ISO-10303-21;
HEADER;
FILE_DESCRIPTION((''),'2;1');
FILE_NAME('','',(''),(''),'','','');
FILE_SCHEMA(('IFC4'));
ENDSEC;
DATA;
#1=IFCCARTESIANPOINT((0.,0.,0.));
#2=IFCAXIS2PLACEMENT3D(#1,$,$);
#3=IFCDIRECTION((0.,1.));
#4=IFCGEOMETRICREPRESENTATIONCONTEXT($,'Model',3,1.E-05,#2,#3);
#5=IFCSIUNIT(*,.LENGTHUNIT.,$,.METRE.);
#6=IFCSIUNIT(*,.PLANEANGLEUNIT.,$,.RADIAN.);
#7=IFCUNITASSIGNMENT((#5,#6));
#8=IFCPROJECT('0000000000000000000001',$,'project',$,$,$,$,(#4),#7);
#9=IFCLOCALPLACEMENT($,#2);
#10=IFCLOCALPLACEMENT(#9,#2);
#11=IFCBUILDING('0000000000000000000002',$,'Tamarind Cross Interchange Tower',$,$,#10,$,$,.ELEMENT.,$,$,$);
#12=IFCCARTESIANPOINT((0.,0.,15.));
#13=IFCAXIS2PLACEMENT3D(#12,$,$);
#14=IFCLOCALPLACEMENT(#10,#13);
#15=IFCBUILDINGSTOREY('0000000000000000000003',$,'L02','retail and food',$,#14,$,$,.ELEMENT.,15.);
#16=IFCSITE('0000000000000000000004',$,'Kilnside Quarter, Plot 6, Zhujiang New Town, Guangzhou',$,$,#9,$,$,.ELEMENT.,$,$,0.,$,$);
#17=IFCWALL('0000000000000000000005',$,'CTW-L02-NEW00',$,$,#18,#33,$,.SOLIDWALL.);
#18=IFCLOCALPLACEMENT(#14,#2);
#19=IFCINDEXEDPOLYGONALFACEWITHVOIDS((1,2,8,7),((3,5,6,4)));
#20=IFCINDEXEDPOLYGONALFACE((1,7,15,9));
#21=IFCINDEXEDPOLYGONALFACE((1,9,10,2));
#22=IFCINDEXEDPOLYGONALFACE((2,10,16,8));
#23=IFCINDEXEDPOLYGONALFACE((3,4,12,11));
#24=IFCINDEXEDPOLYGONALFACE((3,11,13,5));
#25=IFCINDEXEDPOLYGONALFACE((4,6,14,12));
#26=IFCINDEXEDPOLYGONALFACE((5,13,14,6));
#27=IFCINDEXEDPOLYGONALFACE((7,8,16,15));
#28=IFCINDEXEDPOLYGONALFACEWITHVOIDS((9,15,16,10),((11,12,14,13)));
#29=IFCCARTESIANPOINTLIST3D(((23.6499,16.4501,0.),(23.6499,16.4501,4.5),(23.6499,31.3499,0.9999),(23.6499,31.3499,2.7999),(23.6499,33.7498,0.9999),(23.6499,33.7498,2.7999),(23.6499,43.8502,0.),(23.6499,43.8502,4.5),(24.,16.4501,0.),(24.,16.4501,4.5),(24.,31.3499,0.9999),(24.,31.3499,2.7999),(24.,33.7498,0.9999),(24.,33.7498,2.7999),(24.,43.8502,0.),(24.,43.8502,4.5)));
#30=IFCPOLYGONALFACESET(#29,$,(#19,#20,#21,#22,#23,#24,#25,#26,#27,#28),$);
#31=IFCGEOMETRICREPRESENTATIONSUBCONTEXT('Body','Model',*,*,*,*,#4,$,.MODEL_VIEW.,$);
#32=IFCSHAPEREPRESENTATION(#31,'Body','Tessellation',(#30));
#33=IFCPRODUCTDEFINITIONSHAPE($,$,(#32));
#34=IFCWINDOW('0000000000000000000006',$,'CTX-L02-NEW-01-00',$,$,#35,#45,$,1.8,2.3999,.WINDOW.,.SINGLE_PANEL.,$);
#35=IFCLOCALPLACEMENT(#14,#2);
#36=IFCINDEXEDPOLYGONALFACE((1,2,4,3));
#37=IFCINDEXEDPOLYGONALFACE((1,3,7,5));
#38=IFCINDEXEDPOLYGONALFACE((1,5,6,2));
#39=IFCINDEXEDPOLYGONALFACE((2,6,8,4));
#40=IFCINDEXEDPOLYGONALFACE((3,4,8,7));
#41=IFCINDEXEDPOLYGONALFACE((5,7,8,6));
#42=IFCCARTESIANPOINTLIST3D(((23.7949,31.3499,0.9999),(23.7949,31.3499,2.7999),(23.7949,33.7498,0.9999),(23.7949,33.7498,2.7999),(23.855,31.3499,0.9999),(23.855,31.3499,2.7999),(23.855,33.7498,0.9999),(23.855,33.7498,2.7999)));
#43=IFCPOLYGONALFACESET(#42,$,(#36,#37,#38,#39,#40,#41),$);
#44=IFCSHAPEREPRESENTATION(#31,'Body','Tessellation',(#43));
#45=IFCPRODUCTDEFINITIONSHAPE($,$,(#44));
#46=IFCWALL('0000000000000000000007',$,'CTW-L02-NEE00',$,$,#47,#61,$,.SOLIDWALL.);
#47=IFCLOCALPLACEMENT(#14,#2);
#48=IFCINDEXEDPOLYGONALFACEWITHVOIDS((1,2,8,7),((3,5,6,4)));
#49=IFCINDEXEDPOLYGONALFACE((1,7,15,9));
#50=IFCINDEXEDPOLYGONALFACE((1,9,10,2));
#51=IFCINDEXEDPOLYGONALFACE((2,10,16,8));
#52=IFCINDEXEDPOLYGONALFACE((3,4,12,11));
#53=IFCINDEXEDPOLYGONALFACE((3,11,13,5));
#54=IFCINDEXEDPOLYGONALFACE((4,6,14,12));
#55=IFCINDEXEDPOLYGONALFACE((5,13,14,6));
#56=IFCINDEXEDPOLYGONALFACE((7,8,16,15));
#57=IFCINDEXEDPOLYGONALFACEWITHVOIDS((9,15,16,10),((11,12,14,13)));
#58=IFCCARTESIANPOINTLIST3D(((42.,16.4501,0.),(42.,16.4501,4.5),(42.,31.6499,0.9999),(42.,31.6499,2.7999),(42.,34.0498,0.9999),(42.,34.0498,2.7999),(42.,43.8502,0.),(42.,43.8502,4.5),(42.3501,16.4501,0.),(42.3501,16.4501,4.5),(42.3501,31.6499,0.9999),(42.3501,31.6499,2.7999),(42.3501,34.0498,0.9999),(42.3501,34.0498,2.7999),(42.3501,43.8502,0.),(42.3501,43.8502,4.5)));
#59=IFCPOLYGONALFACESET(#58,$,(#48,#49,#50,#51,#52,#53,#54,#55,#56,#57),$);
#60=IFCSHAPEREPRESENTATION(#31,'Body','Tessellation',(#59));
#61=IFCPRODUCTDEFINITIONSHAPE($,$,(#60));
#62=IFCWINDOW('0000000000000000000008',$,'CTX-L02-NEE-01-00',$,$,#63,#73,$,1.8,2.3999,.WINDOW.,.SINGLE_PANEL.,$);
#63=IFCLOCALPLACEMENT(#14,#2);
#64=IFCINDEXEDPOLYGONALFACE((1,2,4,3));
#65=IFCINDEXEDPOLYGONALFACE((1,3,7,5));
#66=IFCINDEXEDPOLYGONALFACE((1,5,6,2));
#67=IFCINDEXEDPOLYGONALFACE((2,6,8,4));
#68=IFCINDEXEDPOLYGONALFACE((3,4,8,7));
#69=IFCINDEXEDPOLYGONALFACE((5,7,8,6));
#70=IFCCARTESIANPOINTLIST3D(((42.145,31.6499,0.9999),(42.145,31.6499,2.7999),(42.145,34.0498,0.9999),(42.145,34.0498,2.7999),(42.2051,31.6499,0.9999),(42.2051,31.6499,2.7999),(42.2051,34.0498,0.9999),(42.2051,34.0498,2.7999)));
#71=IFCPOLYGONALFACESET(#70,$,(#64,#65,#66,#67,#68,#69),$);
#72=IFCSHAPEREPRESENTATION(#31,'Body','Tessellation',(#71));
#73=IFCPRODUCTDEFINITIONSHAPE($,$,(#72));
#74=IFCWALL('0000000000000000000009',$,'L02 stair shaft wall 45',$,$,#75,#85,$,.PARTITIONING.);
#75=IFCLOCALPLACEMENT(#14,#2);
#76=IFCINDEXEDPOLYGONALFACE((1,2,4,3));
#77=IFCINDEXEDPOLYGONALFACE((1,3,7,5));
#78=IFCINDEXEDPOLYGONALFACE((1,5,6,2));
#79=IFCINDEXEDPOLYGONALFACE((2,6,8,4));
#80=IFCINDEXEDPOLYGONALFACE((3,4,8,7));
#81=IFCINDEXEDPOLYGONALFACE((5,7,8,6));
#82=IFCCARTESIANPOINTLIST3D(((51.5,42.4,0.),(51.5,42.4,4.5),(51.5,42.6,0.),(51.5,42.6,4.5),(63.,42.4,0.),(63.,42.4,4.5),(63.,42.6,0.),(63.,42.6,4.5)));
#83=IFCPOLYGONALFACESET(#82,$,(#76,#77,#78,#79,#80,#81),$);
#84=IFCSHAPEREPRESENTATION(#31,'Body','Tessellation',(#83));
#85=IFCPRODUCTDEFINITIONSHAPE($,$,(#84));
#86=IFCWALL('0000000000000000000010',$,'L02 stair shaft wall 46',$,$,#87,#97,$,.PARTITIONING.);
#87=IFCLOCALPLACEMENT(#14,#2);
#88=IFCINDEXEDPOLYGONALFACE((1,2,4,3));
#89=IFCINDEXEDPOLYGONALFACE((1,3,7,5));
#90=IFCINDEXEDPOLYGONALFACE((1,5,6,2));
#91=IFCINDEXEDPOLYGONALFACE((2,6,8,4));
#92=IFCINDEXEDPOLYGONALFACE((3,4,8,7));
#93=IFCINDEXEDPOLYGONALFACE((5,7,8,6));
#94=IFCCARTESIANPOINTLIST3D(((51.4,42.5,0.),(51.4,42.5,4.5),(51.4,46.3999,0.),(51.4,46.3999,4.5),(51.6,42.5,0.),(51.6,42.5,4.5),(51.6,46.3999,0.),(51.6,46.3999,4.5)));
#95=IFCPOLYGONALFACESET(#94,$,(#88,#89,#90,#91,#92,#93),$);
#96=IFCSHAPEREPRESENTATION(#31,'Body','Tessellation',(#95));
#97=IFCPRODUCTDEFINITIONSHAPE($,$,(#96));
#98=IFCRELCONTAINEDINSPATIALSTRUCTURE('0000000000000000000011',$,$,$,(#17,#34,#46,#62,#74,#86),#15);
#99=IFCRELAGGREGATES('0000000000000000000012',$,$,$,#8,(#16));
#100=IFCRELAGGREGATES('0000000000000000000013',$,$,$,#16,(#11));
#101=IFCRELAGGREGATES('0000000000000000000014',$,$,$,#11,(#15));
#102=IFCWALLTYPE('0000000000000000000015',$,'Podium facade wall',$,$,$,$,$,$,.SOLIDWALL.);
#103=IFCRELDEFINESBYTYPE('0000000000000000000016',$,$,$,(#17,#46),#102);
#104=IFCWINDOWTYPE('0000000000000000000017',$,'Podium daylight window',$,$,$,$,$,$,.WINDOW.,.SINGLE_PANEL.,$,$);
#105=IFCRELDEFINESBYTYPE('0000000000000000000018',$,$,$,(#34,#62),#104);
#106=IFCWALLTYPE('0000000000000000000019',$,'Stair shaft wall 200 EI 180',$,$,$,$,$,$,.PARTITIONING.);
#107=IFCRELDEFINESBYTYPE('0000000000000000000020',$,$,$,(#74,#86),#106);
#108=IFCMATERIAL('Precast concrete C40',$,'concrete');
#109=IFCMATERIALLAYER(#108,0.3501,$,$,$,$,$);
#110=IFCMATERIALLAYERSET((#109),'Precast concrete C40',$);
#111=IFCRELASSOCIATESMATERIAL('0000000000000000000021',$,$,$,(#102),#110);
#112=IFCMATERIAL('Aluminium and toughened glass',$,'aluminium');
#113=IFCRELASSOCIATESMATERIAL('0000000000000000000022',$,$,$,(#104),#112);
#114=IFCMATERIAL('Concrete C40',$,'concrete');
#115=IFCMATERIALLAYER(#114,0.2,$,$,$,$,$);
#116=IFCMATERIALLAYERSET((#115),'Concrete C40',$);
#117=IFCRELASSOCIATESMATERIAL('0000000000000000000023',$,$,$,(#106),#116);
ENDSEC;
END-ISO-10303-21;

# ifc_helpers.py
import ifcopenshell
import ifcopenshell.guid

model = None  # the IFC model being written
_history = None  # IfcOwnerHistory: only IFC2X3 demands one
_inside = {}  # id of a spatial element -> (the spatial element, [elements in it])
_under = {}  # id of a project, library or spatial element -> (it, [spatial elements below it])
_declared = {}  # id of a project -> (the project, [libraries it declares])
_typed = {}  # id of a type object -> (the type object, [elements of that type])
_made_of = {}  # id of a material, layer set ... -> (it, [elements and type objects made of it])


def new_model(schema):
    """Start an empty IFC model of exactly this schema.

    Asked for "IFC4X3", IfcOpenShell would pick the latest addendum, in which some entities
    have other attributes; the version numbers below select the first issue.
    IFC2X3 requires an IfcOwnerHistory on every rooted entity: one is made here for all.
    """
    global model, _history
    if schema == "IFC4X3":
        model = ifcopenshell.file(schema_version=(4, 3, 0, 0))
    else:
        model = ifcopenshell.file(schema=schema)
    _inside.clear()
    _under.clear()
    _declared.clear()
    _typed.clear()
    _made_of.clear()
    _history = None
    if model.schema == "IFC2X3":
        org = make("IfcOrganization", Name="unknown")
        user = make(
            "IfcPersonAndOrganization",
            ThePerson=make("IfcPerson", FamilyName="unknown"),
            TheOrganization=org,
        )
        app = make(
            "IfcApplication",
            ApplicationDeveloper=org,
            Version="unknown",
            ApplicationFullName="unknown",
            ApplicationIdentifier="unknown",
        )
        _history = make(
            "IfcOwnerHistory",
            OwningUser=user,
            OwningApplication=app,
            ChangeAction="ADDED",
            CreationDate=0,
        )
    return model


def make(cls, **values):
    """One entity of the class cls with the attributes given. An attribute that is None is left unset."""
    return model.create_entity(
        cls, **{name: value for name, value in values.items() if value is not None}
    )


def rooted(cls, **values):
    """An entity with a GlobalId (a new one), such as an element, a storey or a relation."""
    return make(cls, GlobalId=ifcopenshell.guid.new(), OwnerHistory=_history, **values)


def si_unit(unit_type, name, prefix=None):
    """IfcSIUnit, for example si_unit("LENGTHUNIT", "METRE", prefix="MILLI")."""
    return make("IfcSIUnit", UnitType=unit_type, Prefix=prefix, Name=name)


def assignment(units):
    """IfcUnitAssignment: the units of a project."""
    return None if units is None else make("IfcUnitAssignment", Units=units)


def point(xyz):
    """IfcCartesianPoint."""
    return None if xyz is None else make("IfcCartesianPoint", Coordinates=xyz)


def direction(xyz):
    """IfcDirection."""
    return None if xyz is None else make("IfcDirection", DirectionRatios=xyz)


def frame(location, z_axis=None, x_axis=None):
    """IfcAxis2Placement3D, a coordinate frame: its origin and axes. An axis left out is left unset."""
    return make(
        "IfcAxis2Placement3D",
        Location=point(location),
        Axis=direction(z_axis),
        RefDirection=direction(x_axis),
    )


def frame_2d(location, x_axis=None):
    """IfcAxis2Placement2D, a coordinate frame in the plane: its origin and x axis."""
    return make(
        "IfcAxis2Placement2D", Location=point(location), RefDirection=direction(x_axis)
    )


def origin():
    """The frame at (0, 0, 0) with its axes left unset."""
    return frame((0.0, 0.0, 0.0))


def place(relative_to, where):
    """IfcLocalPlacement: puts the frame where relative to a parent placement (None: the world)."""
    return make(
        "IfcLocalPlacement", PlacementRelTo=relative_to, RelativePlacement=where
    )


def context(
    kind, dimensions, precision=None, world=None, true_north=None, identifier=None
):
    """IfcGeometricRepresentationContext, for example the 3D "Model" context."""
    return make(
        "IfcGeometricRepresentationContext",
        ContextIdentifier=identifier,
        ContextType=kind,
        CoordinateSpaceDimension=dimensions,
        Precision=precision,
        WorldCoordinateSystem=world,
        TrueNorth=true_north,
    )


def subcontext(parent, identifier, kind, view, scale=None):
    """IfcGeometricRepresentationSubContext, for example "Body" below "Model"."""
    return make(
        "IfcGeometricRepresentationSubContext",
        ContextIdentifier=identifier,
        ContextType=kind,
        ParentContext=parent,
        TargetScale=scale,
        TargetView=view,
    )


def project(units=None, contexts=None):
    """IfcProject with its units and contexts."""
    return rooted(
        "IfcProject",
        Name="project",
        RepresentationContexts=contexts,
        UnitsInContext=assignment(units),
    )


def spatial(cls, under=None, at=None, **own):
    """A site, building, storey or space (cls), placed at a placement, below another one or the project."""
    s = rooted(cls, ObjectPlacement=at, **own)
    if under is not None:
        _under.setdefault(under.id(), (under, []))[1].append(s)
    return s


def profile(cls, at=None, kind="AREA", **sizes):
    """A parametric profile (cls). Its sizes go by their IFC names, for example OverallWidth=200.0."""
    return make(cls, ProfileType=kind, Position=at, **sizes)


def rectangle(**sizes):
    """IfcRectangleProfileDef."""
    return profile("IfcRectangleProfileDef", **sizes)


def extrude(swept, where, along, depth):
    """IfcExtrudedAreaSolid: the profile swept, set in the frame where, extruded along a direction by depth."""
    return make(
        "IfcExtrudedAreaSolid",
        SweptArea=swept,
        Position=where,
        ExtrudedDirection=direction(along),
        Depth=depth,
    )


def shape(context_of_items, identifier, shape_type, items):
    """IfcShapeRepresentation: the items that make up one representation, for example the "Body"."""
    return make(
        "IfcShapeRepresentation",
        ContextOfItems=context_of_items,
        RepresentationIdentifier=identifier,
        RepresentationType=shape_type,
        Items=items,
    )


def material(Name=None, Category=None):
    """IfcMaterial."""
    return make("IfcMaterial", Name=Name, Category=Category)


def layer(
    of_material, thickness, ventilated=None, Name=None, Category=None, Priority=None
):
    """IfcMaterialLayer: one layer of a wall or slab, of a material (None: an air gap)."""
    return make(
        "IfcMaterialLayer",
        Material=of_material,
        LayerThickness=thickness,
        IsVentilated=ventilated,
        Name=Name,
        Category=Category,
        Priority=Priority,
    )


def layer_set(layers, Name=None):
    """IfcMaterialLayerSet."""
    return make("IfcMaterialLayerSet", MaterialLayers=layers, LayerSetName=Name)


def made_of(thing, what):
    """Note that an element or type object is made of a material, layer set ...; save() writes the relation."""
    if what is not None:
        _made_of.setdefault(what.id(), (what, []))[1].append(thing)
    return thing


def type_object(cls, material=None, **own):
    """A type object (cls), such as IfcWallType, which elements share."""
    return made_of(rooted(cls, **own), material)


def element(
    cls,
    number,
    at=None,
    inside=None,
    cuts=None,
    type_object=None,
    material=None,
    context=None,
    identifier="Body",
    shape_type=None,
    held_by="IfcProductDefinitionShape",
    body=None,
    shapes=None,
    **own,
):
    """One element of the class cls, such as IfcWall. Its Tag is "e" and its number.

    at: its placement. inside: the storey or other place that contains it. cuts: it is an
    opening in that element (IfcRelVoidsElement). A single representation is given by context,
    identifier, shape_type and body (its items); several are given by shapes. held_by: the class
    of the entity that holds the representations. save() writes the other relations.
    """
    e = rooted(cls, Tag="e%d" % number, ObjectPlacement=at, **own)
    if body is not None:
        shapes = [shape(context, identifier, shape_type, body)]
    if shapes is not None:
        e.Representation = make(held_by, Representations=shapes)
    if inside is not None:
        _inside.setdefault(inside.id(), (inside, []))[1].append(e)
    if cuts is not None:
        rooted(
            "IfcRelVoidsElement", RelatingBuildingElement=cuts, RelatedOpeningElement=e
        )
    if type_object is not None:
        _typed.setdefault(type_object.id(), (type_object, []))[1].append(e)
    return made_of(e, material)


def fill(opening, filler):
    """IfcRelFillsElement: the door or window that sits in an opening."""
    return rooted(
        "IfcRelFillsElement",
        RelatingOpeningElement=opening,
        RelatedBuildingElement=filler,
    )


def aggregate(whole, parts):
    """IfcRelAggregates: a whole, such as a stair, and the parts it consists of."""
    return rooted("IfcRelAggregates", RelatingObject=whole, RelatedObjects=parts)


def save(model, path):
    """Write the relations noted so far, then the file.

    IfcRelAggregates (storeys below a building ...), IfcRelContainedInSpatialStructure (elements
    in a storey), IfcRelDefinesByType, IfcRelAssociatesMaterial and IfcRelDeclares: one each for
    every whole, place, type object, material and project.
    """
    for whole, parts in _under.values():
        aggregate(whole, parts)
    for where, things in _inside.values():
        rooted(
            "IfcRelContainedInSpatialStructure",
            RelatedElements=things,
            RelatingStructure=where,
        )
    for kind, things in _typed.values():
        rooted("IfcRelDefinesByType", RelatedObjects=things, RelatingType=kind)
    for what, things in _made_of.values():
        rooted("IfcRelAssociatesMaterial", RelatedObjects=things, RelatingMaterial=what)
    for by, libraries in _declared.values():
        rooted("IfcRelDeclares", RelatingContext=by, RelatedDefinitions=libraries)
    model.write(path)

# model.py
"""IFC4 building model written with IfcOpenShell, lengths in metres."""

from ifc_helpers import new_model, si_unit, direction, frame, frame_2d, origin, place, context, subcontext, project, spatial, rectangle, extrude, material, layer, layer_set, type_object, element, fill, save


model = new_model("IFC4")

# Units and contexts
model_context = context("Model", 3, precision=1e-05, world=origin(), true_north=direction((0.0, 1.0)))
body_context = subcontext(model_context, "Body", "Model", "MODEL_VIEW")
ifc_project = project(units=[si_unit("LENGTHUNIT", "METRE"), si_unit("PLANEANGLEUNIT", "RADIAN")], contexts=[model_context])

# Site, building, storey
site_placement = place(None, origin())
site = spatial("IfcSite", under=ifc_project, at=site_placement, Name="Kilnside Quarter, Plot 6, Zhujiang New Town, Guangzhou", CompositionType="ELEMENT", RefElevation=0.0)
building_placement = place(site_placement, origin())
building = spatial("IfcBuilding", under=site, at=building_placement, Name="Tamarind Cross Interchange Tower", CompositionType="ELEMENT")
storey_placement = place(building_placement, frame((0.0, 0.0, 15.0)))
storey = spatial("IfcBuildingStorey", under=building, at=storey_placement, Name="L02", Description="retail and food", CompositionType="ELEMENT", Elevation=15.0)

# Walls, openings, windows
ifc_material_1 = material(Name="Precast concrete C40", Category="concrete")
ifc_layer_1 = layer(ifc_material_1, 0.3501)
ifc_layer_set_1 = layer_set([ifc_layer_1], Name="Precast concrete C40")
wall_type_1 = type_object("IfcWallType", Name="Podium facade wall", PredefinedType="SOLIDWALL", material=ifc_layer_set_1)
ifc_material_2 = material(Name="Aluminium and toughened glass", Category="aluminium")
window_type = type_object("IfcWindowType", Name="Podium daylight window", PartitioningType="SINGLE_PANEL", PredefinedType="WINDOW", material=ifc_material_2)
wall_1_placement = place(storey_placement, frame((23.825, 16.45, 0.0), z_axis=(0.0, 0.0, 1.0), x_axis=(0.0, 1.0, 0.0)))
wall_1 = element("IfcWall", 1, at=wall_1_placement, inside=storey, type_object=wall_type_1, Name="CTW-L02-NEW00", PredefinedType="SOLIDWALL", context=body_context, shape_type="SweptSolid", body=[
    extrude(rectangle(XDim=27.4001, YDim=0.3501, at=frame_2d((13.7002, 0.0))), origin(), (0.0, 0.0, 1.0), 4.5),
])
opening_1_placement = place(wall_1_placement, frame((14.8999, 0.0, 1.0)))
opening_1 = element("IfcOpeningElement", 2, at=opening_1_placement, cuts=wall_1, PredefinedType="OPENING", context=body_context, shape_type="SweptSolid", body=[
    extrude(rectangle(XDim=2.3999, YDim=1.8, at=frame_2d((1.2, 0.8999))), frame((0.0, 0.1851, 0.0), z_axis=(0.0, -1.0, 0.0), x_axis=(1.0, 0.0, 0.0)), (0.0, 0.0, 1.0), 0.3701),
])
window_1_placement = place(opening_1_placement, origin())
window_1 = element("IfcWindow", 3, at=window_1_placement, inside=storey, type_object=window_type, Name="CTX-L02-NEW-01-00", OverallHeight=1.8, OverallWidth=2.3999, PartitioningType="SINGLE_PANEL", PredefinedType="WINDOW", context=body_context, shape_type="SweptSolid", body=[
    extrude(rectangle(XDim=2.3999, YDim=1.8, at=frame_2d((1.2, 0.8999))), frame((0.0, 0.03, 0.0), z_axis=(0.0, -1.0, 0.0), x_axis=(1.0, 0.0, 0.0)), (0.0, 0.0, 1.0), 0.0601),
])
fill(opening_1, window_1)
wall_2_placement = place(storey_placement, frame((42.175, 16.45, 0.0), z_axis=(0.0, 0.0, 1.0), x_axis=(0.0, 1.0, 0.0)))
wall_2 = element("IfcWall", 4, at=wall_2_placement, inside=storey, type_object=wall_type_1, Name="CTW-L02-NEE00", PredefinedType="SOLIDWALL", context=body_context, shape_type="SweptSolid", body=[
    extrude(rectangle(XDim=27.4001, YDim=0.3501, at=frame_2d((13.7002, 0.0))), origin(), (0.0, 0.0, 1.0), 4.5),
])
opening_2_placement = place(wall_2_placement, frame((15.2, 0.0, 1.0)))
opening_2 = element("IfcOpeningElement", 5, at=opening_2_placement, cuts=wall_2, PredefinedType="OPENING", context=body_context, shape_type="SweptSolid", body=[
    extrude(rectangle(XDim=2.3999, YDim=1.8, at=frame_2d((1.2, 0.8999))), frame((0.0, 0.1851, 0.0), z_axis=(0.0, -1.0, 0.0), x_axis=(1.0, 0.0, 0.0)), (0.0, 0.0, 1.0), 0.3701),
])
window_2_placement = place(opening_2_placement, origin())
window_2 = element("IfcWindow", 6, at=window_2_placement, inside=storey, type_object=window_type, Name="CTX-L02-NEE-01-00", OverallHeight=1.8, OverallWidth=2.3999, PartitioningType="SINGLE_PANEL", PredefinedType="WINDOW", context=body_context, shape_type="SweptSolid", body=[
    extrude(rectangle(XDim=2.3999, YDim=1.8, at=frame_2d((1.2, 0.8999))), frame((0.0, 0.03, 0.0), z_axis=(0.0, -1.0, 0.0), x_axis=(1.0, 0.0, 0.0)), (0.0, 0.0, 1.0), 0.0601),
])
fill(opening_2, window_2)

# Walls
ifc_material_3 = material(Name="Concrete C40", Category="concrete")
ifc_layer_2 = layer(ifc_material_3, 0.2)
ifc_layer_set_2 = layer_set([ifc_layer_2], Name="Concrete C40")
wall_type_2 = type_object("IfcWallType", Name="Stair shaft wall 200 EI 180", PredefinedType="PARTITIONING", material=ifc_layer_set_2)
wall_3_placement = place(storey_placement, frame((51.5, 42.5, 0.0), z_axis=(0.0, 0.0, 1.0), x_axis=(1.0, 0.0, 0.0)))
element("IfcWall", 7, at=wall_3_placement, inside=storey, type_object=wall_type_2, Name="L02 stair shaft wall 45", PredefinedType="PARTITIONING", context=body_context, shape_type="SweptSolid", body=[
    extrude(rectangle(XDim=11.5, YDim=0.2, at=frame_2d((5.75, 0.0))), origin(), (0.0, 0.0, 1.0), 4.5),
])
wall_4_placement = place(storey_placement, frame((51.5, 42.5, 0.0), z_axis=(0.0, 0.0, 1.0), x_axis=(0.0, 1.0, 0.0)))
element("IfcWall", 8, at=wall_4_placement, inside=storey, type_object=wall_type_2, Name="L02 stair shaft wall 46", PredefinedType="PARTITIONING", context=body_context, shape_type="SweptSolid", body=[
    extrude(rectangle(XDim=3.8999, YDim=0.2, at=frame_2d((1.95, 0.0))), origin(), (0.0, 0.0, 1.0), 4.5),
])

save(model, "model.ifc")
